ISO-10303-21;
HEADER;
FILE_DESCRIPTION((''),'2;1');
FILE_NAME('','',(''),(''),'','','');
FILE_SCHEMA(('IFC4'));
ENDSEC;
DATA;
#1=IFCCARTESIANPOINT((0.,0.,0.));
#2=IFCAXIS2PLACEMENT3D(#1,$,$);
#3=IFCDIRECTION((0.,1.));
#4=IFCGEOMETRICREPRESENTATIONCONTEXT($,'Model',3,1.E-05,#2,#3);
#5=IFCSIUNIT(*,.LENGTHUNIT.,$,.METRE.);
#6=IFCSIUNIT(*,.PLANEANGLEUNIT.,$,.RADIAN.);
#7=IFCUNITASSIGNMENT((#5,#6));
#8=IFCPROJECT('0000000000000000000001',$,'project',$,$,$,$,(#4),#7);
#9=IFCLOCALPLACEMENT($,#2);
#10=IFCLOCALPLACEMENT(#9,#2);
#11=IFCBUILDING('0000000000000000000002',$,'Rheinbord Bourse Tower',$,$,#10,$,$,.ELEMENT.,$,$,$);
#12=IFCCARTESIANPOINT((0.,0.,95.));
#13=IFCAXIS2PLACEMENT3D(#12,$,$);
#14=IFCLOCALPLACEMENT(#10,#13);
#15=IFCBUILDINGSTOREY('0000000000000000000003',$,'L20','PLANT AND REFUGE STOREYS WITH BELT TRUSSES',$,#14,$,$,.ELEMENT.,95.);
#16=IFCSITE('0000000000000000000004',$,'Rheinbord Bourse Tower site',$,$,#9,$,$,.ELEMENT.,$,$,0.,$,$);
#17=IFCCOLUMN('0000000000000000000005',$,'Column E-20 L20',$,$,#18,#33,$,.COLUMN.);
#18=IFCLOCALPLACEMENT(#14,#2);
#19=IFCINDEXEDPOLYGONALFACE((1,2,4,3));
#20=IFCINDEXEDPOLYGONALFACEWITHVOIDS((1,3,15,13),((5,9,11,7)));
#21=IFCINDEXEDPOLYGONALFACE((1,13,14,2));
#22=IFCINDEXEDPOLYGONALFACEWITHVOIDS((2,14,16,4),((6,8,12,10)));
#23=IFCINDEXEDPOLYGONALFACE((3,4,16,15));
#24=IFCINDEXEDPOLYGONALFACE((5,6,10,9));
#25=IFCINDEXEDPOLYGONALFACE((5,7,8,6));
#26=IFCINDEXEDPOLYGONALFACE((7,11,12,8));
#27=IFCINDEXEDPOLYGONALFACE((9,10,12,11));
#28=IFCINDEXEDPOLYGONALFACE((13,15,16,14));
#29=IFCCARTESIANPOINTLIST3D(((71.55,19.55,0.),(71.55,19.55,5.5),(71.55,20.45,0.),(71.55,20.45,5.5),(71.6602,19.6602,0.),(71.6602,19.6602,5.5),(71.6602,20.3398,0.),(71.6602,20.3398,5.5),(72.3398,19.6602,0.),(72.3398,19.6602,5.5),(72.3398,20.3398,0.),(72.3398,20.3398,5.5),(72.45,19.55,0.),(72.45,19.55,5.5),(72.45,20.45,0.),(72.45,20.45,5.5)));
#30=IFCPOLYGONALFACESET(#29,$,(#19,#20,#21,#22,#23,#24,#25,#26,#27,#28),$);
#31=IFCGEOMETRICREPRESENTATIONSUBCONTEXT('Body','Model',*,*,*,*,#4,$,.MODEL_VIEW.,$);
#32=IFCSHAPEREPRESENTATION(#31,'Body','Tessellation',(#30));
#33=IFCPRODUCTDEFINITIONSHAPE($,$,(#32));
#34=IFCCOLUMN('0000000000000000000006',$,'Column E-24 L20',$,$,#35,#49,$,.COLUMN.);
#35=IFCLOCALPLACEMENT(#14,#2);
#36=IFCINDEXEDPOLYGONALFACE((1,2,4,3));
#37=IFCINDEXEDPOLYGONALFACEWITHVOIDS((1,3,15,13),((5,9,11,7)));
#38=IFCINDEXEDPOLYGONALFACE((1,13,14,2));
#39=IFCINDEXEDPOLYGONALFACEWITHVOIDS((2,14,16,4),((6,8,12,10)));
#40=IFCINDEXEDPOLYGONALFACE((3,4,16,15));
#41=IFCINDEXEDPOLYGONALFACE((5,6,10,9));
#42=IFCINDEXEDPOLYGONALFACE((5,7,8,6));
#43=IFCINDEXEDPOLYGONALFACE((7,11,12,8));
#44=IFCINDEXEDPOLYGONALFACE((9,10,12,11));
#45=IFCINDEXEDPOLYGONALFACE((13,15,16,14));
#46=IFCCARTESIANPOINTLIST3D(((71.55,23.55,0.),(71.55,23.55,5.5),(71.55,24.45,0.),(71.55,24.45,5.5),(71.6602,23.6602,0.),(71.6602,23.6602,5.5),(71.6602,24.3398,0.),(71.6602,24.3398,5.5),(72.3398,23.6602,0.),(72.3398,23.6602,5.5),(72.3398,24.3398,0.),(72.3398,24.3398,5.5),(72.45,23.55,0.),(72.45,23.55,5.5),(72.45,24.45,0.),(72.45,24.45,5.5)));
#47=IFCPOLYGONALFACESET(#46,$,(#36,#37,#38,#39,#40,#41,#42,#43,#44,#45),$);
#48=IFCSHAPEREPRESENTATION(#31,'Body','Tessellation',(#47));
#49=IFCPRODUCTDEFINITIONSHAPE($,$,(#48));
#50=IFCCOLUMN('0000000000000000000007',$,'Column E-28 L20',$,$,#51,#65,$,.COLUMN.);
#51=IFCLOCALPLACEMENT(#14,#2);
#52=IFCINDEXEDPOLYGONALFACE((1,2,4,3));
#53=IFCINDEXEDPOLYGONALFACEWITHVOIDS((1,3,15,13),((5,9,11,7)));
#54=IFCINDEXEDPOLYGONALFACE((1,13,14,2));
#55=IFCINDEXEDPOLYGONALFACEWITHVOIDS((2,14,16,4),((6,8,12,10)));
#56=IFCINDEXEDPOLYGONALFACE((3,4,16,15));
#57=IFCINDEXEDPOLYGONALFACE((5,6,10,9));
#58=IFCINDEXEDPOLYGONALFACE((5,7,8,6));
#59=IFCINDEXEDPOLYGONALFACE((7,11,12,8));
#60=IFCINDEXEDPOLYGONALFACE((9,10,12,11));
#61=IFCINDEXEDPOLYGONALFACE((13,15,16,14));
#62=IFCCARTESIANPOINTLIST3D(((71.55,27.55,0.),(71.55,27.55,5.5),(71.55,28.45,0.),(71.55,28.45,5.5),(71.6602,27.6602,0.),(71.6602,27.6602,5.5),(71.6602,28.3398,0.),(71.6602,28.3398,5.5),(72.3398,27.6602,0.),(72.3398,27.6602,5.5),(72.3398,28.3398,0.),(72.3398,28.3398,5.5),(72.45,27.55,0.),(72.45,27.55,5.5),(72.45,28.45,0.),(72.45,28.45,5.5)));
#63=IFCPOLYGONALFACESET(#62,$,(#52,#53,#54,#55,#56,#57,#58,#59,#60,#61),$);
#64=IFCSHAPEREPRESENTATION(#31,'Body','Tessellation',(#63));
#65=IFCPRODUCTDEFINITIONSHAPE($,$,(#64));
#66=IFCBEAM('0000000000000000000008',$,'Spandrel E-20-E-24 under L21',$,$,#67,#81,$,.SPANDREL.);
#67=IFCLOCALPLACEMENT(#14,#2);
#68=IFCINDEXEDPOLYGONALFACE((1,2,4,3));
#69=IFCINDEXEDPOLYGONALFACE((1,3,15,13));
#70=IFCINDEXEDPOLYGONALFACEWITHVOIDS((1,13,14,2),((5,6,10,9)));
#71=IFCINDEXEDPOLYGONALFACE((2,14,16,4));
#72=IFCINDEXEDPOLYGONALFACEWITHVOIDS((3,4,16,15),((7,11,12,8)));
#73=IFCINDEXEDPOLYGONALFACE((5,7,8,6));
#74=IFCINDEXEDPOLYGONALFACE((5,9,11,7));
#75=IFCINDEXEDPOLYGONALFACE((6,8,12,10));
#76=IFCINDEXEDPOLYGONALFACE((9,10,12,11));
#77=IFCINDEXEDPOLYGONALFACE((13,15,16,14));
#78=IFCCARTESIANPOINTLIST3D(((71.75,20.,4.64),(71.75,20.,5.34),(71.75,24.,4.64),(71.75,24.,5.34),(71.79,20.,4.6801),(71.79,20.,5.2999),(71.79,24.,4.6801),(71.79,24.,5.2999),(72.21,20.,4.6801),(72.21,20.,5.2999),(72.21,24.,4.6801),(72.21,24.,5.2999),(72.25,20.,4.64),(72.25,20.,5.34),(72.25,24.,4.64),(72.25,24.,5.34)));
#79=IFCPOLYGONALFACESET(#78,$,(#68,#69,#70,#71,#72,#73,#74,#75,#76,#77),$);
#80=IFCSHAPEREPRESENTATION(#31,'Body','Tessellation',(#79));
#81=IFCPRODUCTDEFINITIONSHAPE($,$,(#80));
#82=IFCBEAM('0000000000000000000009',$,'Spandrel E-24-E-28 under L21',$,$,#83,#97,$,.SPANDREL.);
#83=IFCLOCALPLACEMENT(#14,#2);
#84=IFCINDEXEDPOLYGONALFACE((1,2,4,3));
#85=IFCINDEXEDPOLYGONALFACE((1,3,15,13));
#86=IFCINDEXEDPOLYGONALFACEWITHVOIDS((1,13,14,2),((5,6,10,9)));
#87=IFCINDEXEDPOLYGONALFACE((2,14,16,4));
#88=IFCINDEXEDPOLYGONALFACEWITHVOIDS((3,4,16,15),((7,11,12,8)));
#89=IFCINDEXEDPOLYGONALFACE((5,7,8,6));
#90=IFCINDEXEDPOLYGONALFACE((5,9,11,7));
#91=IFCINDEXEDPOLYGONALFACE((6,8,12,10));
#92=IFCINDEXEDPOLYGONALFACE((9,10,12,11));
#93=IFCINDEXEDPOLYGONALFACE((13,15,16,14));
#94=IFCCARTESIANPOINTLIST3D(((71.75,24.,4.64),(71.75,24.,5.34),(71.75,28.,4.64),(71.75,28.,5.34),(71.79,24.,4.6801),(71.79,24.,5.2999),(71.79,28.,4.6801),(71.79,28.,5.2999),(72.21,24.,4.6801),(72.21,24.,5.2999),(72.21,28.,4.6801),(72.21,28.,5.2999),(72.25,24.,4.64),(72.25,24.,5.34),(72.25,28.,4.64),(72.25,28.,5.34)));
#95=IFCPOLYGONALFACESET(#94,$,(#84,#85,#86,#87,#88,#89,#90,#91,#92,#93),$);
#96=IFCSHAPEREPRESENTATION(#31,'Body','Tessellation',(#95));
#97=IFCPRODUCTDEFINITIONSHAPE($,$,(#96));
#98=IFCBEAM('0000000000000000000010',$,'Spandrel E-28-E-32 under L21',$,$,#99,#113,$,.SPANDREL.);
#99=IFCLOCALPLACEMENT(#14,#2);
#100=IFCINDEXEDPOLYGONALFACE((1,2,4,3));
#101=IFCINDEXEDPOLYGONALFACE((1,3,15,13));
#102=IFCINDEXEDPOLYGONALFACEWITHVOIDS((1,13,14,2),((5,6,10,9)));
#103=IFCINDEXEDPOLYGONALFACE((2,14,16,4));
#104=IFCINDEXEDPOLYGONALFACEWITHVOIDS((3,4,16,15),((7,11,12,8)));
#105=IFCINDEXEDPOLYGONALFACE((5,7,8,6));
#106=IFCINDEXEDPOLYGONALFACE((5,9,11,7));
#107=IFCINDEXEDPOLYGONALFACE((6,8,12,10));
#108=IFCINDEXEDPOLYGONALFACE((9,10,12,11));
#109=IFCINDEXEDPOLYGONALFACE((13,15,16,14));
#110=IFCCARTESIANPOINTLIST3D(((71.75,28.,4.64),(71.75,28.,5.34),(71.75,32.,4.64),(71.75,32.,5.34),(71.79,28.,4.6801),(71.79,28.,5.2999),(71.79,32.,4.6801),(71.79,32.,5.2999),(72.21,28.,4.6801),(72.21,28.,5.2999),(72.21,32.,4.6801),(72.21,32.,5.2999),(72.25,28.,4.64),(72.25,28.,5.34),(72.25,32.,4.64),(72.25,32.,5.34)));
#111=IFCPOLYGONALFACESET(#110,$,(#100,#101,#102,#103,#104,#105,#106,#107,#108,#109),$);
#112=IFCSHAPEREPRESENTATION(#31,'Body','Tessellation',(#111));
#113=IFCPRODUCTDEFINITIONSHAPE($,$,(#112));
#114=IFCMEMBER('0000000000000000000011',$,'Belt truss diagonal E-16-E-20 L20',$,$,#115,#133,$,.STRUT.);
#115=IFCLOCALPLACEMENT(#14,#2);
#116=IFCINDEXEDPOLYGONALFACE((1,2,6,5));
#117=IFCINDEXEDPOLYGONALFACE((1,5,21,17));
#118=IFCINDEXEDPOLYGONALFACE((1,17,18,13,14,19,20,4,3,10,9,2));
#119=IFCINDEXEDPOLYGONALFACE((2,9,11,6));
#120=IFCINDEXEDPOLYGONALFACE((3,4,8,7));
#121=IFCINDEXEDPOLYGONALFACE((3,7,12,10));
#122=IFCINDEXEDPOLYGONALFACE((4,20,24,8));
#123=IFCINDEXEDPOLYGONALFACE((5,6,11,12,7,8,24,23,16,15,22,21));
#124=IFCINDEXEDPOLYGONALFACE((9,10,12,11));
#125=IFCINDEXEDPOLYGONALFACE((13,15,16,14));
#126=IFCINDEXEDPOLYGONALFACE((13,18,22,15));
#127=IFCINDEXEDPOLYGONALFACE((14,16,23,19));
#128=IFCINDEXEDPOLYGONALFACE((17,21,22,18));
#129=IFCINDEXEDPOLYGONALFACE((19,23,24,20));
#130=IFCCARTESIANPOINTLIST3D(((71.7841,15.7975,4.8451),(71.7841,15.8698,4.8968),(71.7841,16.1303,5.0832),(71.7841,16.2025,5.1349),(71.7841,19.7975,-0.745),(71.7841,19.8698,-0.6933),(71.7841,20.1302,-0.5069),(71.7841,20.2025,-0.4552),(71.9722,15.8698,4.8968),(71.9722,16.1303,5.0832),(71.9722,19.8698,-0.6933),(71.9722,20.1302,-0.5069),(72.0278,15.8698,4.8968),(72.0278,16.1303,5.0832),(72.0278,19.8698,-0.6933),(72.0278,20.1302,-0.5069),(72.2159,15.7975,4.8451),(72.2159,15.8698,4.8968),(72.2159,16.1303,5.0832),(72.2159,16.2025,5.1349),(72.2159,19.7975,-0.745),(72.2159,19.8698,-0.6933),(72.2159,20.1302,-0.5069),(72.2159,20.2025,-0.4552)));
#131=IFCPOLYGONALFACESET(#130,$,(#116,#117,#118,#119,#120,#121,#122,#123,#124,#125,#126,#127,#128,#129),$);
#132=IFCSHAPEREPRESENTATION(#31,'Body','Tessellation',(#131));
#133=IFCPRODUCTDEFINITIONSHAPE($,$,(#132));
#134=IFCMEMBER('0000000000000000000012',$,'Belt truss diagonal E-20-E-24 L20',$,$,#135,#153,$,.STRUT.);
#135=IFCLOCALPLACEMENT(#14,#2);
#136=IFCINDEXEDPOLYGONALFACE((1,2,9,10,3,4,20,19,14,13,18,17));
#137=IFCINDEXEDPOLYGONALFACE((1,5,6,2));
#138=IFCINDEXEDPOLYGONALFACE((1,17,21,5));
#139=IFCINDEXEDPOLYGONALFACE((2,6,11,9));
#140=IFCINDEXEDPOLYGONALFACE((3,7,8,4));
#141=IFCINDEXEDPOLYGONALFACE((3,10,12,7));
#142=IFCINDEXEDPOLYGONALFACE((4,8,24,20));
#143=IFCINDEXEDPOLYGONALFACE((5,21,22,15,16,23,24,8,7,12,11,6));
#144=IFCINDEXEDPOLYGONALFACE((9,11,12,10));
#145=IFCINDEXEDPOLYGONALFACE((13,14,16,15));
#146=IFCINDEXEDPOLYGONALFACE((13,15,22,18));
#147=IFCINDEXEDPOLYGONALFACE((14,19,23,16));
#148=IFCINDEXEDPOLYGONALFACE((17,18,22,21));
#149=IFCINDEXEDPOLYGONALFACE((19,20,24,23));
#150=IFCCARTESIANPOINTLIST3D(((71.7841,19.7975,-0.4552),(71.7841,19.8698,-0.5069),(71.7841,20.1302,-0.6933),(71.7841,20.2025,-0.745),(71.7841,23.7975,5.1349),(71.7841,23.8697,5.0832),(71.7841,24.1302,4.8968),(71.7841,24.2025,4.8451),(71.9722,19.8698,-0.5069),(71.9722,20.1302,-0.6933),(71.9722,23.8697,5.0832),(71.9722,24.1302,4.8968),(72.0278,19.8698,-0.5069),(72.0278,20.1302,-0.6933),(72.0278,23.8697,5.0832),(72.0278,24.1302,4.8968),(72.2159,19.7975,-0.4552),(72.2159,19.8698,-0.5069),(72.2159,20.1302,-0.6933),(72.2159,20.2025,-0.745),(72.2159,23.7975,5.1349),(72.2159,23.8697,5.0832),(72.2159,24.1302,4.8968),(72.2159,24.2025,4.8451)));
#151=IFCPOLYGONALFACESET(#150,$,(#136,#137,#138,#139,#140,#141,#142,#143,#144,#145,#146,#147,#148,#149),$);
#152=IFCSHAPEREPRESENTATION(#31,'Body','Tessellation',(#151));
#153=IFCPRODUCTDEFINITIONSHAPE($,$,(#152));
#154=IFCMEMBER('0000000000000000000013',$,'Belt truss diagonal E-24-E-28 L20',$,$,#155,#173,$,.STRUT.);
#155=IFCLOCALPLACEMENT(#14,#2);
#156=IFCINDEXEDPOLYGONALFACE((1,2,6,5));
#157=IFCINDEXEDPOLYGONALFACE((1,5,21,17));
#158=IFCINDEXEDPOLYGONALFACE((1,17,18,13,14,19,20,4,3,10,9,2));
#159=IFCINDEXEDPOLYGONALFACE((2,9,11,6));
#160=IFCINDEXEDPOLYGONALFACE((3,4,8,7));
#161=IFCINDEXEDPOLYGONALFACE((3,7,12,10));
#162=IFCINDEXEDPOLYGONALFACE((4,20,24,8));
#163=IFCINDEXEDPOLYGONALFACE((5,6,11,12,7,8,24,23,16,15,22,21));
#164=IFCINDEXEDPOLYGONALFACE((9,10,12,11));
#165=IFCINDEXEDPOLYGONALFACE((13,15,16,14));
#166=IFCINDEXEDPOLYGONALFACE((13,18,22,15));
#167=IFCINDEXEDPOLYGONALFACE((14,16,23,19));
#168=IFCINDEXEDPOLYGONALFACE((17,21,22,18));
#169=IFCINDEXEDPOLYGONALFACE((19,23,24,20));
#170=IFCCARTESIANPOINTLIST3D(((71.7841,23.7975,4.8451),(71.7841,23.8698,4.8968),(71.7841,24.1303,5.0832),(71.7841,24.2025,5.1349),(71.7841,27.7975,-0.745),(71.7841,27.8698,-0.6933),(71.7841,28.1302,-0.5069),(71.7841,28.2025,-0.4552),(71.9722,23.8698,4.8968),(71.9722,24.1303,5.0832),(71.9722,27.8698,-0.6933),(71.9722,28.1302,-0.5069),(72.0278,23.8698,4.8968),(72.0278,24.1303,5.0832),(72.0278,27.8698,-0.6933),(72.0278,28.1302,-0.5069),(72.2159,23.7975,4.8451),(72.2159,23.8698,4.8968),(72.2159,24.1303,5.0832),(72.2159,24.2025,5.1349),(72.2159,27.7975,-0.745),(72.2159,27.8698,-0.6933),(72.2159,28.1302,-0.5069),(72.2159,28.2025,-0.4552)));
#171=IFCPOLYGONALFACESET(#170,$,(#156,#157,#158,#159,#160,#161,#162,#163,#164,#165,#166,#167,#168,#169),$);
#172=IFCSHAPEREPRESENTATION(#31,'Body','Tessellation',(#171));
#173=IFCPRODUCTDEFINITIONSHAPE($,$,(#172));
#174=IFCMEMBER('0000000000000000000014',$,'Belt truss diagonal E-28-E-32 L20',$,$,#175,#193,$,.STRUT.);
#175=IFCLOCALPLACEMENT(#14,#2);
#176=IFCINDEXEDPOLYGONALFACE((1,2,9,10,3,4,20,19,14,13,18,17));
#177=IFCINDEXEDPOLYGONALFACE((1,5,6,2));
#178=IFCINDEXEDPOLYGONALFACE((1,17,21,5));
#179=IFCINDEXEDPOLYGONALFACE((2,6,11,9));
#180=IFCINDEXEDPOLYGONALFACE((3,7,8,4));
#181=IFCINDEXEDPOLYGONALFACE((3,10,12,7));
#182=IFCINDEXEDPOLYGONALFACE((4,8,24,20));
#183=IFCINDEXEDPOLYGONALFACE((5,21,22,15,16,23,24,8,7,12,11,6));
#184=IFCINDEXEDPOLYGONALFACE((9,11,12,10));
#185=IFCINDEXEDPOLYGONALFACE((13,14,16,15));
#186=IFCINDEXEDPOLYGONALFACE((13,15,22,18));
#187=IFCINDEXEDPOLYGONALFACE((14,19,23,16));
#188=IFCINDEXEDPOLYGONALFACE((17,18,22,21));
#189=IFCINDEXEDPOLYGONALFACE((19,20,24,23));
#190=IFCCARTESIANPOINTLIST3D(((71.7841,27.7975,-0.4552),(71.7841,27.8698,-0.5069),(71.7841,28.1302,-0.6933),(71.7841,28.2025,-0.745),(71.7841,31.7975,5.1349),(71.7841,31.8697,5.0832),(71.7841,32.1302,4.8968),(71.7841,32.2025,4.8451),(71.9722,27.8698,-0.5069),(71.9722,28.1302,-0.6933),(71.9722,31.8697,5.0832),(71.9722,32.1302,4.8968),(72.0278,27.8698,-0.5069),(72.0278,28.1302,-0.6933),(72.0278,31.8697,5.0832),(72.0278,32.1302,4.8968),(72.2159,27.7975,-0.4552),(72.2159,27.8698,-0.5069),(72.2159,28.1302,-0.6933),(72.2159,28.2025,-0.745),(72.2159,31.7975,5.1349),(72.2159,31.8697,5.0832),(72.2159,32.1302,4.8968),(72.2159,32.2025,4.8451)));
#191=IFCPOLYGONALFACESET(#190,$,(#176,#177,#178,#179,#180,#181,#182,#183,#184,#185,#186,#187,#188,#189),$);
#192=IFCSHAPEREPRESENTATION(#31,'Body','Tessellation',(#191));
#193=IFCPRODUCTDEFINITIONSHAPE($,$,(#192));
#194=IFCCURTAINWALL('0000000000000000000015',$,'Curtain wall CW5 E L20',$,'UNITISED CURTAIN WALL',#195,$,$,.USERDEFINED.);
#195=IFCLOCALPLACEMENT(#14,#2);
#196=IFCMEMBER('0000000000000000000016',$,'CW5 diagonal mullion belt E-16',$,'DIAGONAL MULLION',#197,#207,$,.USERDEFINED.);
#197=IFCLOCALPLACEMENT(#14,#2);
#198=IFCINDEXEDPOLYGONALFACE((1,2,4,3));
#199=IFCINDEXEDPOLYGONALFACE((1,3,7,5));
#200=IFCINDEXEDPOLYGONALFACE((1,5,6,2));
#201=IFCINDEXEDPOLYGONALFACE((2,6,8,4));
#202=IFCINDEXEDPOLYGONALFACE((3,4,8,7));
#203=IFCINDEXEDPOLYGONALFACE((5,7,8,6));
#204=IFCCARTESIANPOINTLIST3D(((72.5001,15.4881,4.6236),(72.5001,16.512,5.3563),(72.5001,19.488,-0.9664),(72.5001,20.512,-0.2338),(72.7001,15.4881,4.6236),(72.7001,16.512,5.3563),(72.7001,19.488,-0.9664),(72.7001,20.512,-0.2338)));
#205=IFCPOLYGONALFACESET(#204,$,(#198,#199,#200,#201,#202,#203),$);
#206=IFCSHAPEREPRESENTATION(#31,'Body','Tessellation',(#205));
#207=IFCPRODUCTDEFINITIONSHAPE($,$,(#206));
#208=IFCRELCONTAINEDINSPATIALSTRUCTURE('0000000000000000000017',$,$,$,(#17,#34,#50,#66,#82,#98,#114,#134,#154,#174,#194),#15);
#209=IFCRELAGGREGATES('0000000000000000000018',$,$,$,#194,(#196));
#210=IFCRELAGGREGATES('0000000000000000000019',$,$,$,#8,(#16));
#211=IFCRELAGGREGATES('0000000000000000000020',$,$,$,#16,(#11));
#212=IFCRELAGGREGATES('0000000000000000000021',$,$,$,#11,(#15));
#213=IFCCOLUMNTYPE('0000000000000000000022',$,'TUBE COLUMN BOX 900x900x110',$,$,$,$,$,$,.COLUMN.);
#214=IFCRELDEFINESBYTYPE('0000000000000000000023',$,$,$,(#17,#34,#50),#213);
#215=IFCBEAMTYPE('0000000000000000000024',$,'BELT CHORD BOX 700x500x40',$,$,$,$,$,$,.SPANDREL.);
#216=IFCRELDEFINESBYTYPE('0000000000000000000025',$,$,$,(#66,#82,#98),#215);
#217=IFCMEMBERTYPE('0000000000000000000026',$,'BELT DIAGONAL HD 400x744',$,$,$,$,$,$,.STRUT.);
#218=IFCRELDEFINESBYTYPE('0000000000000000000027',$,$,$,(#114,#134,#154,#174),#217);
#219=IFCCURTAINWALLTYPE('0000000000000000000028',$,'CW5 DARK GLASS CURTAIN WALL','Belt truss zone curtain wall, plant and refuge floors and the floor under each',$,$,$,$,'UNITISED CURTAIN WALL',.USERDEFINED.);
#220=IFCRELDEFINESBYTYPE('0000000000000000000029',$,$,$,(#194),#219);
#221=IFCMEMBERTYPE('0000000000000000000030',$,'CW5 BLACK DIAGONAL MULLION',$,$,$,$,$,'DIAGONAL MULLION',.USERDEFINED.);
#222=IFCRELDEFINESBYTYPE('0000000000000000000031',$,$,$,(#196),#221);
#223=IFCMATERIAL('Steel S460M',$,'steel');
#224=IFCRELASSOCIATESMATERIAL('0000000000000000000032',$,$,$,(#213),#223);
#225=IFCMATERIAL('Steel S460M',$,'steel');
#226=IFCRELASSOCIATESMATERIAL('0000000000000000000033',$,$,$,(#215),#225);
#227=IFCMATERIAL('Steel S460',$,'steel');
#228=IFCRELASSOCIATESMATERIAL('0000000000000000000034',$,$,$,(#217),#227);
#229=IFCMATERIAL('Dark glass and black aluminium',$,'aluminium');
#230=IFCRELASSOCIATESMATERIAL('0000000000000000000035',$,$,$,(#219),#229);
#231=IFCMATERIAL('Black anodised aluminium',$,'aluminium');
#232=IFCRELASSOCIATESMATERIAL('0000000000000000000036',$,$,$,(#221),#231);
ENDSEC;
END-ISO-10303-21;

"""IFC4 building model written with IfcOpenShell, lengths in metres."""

from ifc_helpers import new_model, si_unit, direction, frame, origin, origin_2d, place, context, subcontext, project, spatial, rectangle, hollow_rectangle, i_section, extrude, material, material_profile, profile_set, type_object, element, aggregate, save


model = new_model("IFC4")

# Units and contexts
model_context = context("Model", 3, precision=1e-05, world=origin(), true_north=direction((0.0, 1.0)))
body_context = subcontext(model_context, "Body", "Model", "MODEL_VIEW")
ifc_project = project(units=[si_unit("LENGTHUNIT", "METRE"), si_unit("PLANEANGLEUNIT", "RADIAN")], contexts=[model_context])

# Site, building, storey
site_placement = place(None, origin())
site = spatial("IfcSite", under=ifc_project, at=site_placement, Name="Rheinbord Bourse Tower site", CompositionType="ELEMENT", RefElevation=0.0)
building_placement = place(site_placement, origin())
building = spatial("IfcBuilding", under=site, at=building_placement, Name="Rheinbord Bourse Tower", CompositionType="ELEMENT")
storey_placement = place(building_placement, frame((0.0, 0.0, 95.0)))
storey = spatial("IfcBuildingStorey", under=building, at=storey_placement, Name="L20", Description="PLANT AND REFUGE STOREYS WITH BELT TRUSSES", CompositionType="ELEMENT", Elevation=95.0)

# Columns
ifc_material_1 = material(Name="Steel S460M", Category="steel")
ifc_material_profile_1 = material_profile(ifc_material_1, hollow_rectangle(XDim=0.8999, YDim=0.8999, WallThickness=0.1101, at=origin_2d()), Name="BOX 900x900x110")
ifc_profile_set_1 = profile_set([ifc_material_profile_1], Name="Steel S460M")
column_type = type_object("IfcColumnType", Name="TUBE COLUMN BOX 900x900x110", PredefinedType="COLUMN", material=ifc_profile_set_1)
for number, where, z_axis, x_axis, name in (
    (1, (72.0, 20.0, 0.0), (0.0, 0.0, 1.0), (1.0, 0.0, 0.0), "Column E-20 L20"),
    (2, (72.0, 24.0, 0.0), (0.0, 0.0, 1.0), (1.0, 0.0, 0.0), "Column E-24 L20"),
    (3, (72.0, 28.0, 0.0), (0.0, 0.0, 1.0), (1.0, 0.0, 0.0), "Column E-28 L20"),
):
    element("IfcColumn", number, at=place(storey_placement, frame(where, z_axis=z_axis, x_axis=x_axis)), inside=storey, type_object=column_type, Name=name, PredefinedType="COLUMN", context=body_context, shape_type="SweptSolid", body=[
        extrude(hollow_rectangle(XDim=0.8999, YDim=0.8999, WallThickness=0.1101, at=origin_2d()), origin(), (0.0, 0.0, 1.0), 5.5),
    ])

# Beams
ifc_material_2 = material(Name="Steel S460M", Category="steel")
ifc_material_profile_2 = material_profile(ifc_material_2, hollow_rectangle(XDim=0.5, YDim=0.7, WallThickness=0.04, at=origin_2d()), Name="BOX 700x500x40")
ifc_profile_set_2 = profile_set([ifc_material_profile_2], Name="Steel S460M")
beam_type = type_object("IfcBeamType", Name="BELT CHORD BOX 700x500x40", PredefinedType="SPANDREL", material=ifc_profile_set_2)
for number, where, z_axis, x_axis, name in (
    (4, (72.0, 20.0, 4.99), (0.0, 1.0, 0.0), (-1.0, 0.0, 0.0), "Spandrel E-20-E-24 under L21"),
    (5, (72.0, 24.0, 4.99), (0.0, 1.0, 0.0), (-1.0, 0.0, 0.0), "Spandrel E-24-E-28 under L21"),
    (6, (72.0, 28.0, 4.99), (0.0, 1.0, 0.0), (-1.0, 0.0, 0.0), "Spandrel E-28-E-32 under L21"),
):
    element("IfcBeam", number, at=place(storey_placement, frame(where, z_axis=z_axis, x_axis=x_axis)), inside=storey, type_object=beam_type, Name=name, PredefinedType="SPANDREL", context=body_context, shape_type="SweptSolid", body=[
        extrude(hollow_rectangle(XDim=0.5, YDim=0.7, WallThickness=0.04, at=origin_2d()), origin(), (0.0, 0.0, 1.0), 4.0),
    ])

# Members
ifc_material_3 = material(Name="Steel S460", Category="steel")
ifc_material_profile_3 = material_profile(ifc_material_3, i_section(OverallWidth=0.4319, OverallDepth=0.498, WebThickness=0.0557, FlangeThickness=0.0889, at=origin_2d()), Name="HD 400x744")
ifc_profile_set_3 = profile_set([ifc_material_profile_3], Name="Steel S460")
member_type_1 = type_object("IfcMemberType", Name="BELT DIAGONAL HD 400x744", PredefinedType="STRUT", material=ifc_profile_set_3)
for number, where, z_axis, x_axis, name in (
    (7, (72.0, 20.0, -0.6001), (0.0, -0.58192, 0.813246), (1.0, 0.0, 0.0), "Belt truss diagonal E-16-E-20 L20"),
    (8, (72.0, 20.0, -0.6001), (0.0, 0.58192, 0.813246), (-1.0, 0.0, 0.0), "Belt truss diagonal E-20-E-24 L20"),
    (9, (72.0, 28.0, -0.6001), (0.0, -0.58192, 0.813246), (1.0, 0.0, 0.0), "Belt truss diagonal E-24-E-28 L20"),
    (10, (72.0, 28.0, -0.6001), (0.0, 0.58192, 0.813246), (-1.0, 0.0, 0.0), "Belt truss diagonal E-28-E-32 L20"),
):
    element("IfcMember", number, at=place(storey_placement, frame(where, z_axis=z_axis, x_axis=x_axis)), inside=storey, type_object=member_type_1, Name=name, PredefinedType="STRUT", context=body_context, shape_type="SweptSolid", body=[
        extrude(i_section(OverallWidth=0.4319, OverallDepth=0.498, WebThickness=0.0557, FlangeThickness=0.0889, at=origin_2d()), origin(), (0.0, 0.0, 1.0), 6.8738),
    ])

# Curtain wall, member
ifc_material_4 = material(Name="Dark glass and black aluminium", Category="aluminium")
curtain_wall_type = type_object("IfcCurtainWallType", Name="CW5 DARK GLASS CURTAIN WALL", Description="Belt truss zone curtain wall, plant and refuge floors and the floor under each", ElementType="UNITISED CURTAIN WALL", PredefinedType="USERDEFINED", material=ifc_material_4)
curtain_wall_placement = place(storey_placement, origin())
curtain_wall = element("IfcCurtainWall", 11, at=curtain_wall_placement, inside=storey, type_object=curtain_wall_type, Name="Curtain wall CW5 E L20", ObjectType="UNITISED CURTAIN WALL", PredefinedType="USERDEFINED")
ifc_material_5 = material(Name="Black anodised aluminium", Category="aluminium")
ifc_material_profile_4 = material_profile(ifc_material_5, rectangle(XDim=0.2, YDim=1.259, at=origin_2d()), Name="CW5 DIAGONAL MULLION 1259x200")
ifc_profile_set_4 = profile_set([ifc_material_profile_4], Name="Black anodised aluminium")
member_type_2 = type_object("IfcMemberType", Name="CW5 BLACK DIAGONAL MULLION", ElementType="DIAGONAL MULLION", PredefinedType="USERDEFINED", material=ifc_profile_set_4)
member_1_placement = place(storey_placement, frame((72.6001, 20.0, -0.6001), z_axis=(0.0, -0.58192, 0.813246), x_axis=(1.0, 0.0, 0.0)))
member_1 = element("IfcMember", 12, at=member_1_placement, type_object=member_type_2, Name="CW5 diagonal mullion belt E-16", ObjectType="DIAGONAL MULLION", PredefinedType="USERDEFINED", context=body_context, shape_type="SweptSolid", body=[
    extrude(rectangle(XDim=0.2, YDim=1.259, at=origin_2d()), origin(), (0.0, 0.0, 1.0), 6.8738),
])
aggregate(curtain_wall, [member_1])

save(model, "model.ifc")
